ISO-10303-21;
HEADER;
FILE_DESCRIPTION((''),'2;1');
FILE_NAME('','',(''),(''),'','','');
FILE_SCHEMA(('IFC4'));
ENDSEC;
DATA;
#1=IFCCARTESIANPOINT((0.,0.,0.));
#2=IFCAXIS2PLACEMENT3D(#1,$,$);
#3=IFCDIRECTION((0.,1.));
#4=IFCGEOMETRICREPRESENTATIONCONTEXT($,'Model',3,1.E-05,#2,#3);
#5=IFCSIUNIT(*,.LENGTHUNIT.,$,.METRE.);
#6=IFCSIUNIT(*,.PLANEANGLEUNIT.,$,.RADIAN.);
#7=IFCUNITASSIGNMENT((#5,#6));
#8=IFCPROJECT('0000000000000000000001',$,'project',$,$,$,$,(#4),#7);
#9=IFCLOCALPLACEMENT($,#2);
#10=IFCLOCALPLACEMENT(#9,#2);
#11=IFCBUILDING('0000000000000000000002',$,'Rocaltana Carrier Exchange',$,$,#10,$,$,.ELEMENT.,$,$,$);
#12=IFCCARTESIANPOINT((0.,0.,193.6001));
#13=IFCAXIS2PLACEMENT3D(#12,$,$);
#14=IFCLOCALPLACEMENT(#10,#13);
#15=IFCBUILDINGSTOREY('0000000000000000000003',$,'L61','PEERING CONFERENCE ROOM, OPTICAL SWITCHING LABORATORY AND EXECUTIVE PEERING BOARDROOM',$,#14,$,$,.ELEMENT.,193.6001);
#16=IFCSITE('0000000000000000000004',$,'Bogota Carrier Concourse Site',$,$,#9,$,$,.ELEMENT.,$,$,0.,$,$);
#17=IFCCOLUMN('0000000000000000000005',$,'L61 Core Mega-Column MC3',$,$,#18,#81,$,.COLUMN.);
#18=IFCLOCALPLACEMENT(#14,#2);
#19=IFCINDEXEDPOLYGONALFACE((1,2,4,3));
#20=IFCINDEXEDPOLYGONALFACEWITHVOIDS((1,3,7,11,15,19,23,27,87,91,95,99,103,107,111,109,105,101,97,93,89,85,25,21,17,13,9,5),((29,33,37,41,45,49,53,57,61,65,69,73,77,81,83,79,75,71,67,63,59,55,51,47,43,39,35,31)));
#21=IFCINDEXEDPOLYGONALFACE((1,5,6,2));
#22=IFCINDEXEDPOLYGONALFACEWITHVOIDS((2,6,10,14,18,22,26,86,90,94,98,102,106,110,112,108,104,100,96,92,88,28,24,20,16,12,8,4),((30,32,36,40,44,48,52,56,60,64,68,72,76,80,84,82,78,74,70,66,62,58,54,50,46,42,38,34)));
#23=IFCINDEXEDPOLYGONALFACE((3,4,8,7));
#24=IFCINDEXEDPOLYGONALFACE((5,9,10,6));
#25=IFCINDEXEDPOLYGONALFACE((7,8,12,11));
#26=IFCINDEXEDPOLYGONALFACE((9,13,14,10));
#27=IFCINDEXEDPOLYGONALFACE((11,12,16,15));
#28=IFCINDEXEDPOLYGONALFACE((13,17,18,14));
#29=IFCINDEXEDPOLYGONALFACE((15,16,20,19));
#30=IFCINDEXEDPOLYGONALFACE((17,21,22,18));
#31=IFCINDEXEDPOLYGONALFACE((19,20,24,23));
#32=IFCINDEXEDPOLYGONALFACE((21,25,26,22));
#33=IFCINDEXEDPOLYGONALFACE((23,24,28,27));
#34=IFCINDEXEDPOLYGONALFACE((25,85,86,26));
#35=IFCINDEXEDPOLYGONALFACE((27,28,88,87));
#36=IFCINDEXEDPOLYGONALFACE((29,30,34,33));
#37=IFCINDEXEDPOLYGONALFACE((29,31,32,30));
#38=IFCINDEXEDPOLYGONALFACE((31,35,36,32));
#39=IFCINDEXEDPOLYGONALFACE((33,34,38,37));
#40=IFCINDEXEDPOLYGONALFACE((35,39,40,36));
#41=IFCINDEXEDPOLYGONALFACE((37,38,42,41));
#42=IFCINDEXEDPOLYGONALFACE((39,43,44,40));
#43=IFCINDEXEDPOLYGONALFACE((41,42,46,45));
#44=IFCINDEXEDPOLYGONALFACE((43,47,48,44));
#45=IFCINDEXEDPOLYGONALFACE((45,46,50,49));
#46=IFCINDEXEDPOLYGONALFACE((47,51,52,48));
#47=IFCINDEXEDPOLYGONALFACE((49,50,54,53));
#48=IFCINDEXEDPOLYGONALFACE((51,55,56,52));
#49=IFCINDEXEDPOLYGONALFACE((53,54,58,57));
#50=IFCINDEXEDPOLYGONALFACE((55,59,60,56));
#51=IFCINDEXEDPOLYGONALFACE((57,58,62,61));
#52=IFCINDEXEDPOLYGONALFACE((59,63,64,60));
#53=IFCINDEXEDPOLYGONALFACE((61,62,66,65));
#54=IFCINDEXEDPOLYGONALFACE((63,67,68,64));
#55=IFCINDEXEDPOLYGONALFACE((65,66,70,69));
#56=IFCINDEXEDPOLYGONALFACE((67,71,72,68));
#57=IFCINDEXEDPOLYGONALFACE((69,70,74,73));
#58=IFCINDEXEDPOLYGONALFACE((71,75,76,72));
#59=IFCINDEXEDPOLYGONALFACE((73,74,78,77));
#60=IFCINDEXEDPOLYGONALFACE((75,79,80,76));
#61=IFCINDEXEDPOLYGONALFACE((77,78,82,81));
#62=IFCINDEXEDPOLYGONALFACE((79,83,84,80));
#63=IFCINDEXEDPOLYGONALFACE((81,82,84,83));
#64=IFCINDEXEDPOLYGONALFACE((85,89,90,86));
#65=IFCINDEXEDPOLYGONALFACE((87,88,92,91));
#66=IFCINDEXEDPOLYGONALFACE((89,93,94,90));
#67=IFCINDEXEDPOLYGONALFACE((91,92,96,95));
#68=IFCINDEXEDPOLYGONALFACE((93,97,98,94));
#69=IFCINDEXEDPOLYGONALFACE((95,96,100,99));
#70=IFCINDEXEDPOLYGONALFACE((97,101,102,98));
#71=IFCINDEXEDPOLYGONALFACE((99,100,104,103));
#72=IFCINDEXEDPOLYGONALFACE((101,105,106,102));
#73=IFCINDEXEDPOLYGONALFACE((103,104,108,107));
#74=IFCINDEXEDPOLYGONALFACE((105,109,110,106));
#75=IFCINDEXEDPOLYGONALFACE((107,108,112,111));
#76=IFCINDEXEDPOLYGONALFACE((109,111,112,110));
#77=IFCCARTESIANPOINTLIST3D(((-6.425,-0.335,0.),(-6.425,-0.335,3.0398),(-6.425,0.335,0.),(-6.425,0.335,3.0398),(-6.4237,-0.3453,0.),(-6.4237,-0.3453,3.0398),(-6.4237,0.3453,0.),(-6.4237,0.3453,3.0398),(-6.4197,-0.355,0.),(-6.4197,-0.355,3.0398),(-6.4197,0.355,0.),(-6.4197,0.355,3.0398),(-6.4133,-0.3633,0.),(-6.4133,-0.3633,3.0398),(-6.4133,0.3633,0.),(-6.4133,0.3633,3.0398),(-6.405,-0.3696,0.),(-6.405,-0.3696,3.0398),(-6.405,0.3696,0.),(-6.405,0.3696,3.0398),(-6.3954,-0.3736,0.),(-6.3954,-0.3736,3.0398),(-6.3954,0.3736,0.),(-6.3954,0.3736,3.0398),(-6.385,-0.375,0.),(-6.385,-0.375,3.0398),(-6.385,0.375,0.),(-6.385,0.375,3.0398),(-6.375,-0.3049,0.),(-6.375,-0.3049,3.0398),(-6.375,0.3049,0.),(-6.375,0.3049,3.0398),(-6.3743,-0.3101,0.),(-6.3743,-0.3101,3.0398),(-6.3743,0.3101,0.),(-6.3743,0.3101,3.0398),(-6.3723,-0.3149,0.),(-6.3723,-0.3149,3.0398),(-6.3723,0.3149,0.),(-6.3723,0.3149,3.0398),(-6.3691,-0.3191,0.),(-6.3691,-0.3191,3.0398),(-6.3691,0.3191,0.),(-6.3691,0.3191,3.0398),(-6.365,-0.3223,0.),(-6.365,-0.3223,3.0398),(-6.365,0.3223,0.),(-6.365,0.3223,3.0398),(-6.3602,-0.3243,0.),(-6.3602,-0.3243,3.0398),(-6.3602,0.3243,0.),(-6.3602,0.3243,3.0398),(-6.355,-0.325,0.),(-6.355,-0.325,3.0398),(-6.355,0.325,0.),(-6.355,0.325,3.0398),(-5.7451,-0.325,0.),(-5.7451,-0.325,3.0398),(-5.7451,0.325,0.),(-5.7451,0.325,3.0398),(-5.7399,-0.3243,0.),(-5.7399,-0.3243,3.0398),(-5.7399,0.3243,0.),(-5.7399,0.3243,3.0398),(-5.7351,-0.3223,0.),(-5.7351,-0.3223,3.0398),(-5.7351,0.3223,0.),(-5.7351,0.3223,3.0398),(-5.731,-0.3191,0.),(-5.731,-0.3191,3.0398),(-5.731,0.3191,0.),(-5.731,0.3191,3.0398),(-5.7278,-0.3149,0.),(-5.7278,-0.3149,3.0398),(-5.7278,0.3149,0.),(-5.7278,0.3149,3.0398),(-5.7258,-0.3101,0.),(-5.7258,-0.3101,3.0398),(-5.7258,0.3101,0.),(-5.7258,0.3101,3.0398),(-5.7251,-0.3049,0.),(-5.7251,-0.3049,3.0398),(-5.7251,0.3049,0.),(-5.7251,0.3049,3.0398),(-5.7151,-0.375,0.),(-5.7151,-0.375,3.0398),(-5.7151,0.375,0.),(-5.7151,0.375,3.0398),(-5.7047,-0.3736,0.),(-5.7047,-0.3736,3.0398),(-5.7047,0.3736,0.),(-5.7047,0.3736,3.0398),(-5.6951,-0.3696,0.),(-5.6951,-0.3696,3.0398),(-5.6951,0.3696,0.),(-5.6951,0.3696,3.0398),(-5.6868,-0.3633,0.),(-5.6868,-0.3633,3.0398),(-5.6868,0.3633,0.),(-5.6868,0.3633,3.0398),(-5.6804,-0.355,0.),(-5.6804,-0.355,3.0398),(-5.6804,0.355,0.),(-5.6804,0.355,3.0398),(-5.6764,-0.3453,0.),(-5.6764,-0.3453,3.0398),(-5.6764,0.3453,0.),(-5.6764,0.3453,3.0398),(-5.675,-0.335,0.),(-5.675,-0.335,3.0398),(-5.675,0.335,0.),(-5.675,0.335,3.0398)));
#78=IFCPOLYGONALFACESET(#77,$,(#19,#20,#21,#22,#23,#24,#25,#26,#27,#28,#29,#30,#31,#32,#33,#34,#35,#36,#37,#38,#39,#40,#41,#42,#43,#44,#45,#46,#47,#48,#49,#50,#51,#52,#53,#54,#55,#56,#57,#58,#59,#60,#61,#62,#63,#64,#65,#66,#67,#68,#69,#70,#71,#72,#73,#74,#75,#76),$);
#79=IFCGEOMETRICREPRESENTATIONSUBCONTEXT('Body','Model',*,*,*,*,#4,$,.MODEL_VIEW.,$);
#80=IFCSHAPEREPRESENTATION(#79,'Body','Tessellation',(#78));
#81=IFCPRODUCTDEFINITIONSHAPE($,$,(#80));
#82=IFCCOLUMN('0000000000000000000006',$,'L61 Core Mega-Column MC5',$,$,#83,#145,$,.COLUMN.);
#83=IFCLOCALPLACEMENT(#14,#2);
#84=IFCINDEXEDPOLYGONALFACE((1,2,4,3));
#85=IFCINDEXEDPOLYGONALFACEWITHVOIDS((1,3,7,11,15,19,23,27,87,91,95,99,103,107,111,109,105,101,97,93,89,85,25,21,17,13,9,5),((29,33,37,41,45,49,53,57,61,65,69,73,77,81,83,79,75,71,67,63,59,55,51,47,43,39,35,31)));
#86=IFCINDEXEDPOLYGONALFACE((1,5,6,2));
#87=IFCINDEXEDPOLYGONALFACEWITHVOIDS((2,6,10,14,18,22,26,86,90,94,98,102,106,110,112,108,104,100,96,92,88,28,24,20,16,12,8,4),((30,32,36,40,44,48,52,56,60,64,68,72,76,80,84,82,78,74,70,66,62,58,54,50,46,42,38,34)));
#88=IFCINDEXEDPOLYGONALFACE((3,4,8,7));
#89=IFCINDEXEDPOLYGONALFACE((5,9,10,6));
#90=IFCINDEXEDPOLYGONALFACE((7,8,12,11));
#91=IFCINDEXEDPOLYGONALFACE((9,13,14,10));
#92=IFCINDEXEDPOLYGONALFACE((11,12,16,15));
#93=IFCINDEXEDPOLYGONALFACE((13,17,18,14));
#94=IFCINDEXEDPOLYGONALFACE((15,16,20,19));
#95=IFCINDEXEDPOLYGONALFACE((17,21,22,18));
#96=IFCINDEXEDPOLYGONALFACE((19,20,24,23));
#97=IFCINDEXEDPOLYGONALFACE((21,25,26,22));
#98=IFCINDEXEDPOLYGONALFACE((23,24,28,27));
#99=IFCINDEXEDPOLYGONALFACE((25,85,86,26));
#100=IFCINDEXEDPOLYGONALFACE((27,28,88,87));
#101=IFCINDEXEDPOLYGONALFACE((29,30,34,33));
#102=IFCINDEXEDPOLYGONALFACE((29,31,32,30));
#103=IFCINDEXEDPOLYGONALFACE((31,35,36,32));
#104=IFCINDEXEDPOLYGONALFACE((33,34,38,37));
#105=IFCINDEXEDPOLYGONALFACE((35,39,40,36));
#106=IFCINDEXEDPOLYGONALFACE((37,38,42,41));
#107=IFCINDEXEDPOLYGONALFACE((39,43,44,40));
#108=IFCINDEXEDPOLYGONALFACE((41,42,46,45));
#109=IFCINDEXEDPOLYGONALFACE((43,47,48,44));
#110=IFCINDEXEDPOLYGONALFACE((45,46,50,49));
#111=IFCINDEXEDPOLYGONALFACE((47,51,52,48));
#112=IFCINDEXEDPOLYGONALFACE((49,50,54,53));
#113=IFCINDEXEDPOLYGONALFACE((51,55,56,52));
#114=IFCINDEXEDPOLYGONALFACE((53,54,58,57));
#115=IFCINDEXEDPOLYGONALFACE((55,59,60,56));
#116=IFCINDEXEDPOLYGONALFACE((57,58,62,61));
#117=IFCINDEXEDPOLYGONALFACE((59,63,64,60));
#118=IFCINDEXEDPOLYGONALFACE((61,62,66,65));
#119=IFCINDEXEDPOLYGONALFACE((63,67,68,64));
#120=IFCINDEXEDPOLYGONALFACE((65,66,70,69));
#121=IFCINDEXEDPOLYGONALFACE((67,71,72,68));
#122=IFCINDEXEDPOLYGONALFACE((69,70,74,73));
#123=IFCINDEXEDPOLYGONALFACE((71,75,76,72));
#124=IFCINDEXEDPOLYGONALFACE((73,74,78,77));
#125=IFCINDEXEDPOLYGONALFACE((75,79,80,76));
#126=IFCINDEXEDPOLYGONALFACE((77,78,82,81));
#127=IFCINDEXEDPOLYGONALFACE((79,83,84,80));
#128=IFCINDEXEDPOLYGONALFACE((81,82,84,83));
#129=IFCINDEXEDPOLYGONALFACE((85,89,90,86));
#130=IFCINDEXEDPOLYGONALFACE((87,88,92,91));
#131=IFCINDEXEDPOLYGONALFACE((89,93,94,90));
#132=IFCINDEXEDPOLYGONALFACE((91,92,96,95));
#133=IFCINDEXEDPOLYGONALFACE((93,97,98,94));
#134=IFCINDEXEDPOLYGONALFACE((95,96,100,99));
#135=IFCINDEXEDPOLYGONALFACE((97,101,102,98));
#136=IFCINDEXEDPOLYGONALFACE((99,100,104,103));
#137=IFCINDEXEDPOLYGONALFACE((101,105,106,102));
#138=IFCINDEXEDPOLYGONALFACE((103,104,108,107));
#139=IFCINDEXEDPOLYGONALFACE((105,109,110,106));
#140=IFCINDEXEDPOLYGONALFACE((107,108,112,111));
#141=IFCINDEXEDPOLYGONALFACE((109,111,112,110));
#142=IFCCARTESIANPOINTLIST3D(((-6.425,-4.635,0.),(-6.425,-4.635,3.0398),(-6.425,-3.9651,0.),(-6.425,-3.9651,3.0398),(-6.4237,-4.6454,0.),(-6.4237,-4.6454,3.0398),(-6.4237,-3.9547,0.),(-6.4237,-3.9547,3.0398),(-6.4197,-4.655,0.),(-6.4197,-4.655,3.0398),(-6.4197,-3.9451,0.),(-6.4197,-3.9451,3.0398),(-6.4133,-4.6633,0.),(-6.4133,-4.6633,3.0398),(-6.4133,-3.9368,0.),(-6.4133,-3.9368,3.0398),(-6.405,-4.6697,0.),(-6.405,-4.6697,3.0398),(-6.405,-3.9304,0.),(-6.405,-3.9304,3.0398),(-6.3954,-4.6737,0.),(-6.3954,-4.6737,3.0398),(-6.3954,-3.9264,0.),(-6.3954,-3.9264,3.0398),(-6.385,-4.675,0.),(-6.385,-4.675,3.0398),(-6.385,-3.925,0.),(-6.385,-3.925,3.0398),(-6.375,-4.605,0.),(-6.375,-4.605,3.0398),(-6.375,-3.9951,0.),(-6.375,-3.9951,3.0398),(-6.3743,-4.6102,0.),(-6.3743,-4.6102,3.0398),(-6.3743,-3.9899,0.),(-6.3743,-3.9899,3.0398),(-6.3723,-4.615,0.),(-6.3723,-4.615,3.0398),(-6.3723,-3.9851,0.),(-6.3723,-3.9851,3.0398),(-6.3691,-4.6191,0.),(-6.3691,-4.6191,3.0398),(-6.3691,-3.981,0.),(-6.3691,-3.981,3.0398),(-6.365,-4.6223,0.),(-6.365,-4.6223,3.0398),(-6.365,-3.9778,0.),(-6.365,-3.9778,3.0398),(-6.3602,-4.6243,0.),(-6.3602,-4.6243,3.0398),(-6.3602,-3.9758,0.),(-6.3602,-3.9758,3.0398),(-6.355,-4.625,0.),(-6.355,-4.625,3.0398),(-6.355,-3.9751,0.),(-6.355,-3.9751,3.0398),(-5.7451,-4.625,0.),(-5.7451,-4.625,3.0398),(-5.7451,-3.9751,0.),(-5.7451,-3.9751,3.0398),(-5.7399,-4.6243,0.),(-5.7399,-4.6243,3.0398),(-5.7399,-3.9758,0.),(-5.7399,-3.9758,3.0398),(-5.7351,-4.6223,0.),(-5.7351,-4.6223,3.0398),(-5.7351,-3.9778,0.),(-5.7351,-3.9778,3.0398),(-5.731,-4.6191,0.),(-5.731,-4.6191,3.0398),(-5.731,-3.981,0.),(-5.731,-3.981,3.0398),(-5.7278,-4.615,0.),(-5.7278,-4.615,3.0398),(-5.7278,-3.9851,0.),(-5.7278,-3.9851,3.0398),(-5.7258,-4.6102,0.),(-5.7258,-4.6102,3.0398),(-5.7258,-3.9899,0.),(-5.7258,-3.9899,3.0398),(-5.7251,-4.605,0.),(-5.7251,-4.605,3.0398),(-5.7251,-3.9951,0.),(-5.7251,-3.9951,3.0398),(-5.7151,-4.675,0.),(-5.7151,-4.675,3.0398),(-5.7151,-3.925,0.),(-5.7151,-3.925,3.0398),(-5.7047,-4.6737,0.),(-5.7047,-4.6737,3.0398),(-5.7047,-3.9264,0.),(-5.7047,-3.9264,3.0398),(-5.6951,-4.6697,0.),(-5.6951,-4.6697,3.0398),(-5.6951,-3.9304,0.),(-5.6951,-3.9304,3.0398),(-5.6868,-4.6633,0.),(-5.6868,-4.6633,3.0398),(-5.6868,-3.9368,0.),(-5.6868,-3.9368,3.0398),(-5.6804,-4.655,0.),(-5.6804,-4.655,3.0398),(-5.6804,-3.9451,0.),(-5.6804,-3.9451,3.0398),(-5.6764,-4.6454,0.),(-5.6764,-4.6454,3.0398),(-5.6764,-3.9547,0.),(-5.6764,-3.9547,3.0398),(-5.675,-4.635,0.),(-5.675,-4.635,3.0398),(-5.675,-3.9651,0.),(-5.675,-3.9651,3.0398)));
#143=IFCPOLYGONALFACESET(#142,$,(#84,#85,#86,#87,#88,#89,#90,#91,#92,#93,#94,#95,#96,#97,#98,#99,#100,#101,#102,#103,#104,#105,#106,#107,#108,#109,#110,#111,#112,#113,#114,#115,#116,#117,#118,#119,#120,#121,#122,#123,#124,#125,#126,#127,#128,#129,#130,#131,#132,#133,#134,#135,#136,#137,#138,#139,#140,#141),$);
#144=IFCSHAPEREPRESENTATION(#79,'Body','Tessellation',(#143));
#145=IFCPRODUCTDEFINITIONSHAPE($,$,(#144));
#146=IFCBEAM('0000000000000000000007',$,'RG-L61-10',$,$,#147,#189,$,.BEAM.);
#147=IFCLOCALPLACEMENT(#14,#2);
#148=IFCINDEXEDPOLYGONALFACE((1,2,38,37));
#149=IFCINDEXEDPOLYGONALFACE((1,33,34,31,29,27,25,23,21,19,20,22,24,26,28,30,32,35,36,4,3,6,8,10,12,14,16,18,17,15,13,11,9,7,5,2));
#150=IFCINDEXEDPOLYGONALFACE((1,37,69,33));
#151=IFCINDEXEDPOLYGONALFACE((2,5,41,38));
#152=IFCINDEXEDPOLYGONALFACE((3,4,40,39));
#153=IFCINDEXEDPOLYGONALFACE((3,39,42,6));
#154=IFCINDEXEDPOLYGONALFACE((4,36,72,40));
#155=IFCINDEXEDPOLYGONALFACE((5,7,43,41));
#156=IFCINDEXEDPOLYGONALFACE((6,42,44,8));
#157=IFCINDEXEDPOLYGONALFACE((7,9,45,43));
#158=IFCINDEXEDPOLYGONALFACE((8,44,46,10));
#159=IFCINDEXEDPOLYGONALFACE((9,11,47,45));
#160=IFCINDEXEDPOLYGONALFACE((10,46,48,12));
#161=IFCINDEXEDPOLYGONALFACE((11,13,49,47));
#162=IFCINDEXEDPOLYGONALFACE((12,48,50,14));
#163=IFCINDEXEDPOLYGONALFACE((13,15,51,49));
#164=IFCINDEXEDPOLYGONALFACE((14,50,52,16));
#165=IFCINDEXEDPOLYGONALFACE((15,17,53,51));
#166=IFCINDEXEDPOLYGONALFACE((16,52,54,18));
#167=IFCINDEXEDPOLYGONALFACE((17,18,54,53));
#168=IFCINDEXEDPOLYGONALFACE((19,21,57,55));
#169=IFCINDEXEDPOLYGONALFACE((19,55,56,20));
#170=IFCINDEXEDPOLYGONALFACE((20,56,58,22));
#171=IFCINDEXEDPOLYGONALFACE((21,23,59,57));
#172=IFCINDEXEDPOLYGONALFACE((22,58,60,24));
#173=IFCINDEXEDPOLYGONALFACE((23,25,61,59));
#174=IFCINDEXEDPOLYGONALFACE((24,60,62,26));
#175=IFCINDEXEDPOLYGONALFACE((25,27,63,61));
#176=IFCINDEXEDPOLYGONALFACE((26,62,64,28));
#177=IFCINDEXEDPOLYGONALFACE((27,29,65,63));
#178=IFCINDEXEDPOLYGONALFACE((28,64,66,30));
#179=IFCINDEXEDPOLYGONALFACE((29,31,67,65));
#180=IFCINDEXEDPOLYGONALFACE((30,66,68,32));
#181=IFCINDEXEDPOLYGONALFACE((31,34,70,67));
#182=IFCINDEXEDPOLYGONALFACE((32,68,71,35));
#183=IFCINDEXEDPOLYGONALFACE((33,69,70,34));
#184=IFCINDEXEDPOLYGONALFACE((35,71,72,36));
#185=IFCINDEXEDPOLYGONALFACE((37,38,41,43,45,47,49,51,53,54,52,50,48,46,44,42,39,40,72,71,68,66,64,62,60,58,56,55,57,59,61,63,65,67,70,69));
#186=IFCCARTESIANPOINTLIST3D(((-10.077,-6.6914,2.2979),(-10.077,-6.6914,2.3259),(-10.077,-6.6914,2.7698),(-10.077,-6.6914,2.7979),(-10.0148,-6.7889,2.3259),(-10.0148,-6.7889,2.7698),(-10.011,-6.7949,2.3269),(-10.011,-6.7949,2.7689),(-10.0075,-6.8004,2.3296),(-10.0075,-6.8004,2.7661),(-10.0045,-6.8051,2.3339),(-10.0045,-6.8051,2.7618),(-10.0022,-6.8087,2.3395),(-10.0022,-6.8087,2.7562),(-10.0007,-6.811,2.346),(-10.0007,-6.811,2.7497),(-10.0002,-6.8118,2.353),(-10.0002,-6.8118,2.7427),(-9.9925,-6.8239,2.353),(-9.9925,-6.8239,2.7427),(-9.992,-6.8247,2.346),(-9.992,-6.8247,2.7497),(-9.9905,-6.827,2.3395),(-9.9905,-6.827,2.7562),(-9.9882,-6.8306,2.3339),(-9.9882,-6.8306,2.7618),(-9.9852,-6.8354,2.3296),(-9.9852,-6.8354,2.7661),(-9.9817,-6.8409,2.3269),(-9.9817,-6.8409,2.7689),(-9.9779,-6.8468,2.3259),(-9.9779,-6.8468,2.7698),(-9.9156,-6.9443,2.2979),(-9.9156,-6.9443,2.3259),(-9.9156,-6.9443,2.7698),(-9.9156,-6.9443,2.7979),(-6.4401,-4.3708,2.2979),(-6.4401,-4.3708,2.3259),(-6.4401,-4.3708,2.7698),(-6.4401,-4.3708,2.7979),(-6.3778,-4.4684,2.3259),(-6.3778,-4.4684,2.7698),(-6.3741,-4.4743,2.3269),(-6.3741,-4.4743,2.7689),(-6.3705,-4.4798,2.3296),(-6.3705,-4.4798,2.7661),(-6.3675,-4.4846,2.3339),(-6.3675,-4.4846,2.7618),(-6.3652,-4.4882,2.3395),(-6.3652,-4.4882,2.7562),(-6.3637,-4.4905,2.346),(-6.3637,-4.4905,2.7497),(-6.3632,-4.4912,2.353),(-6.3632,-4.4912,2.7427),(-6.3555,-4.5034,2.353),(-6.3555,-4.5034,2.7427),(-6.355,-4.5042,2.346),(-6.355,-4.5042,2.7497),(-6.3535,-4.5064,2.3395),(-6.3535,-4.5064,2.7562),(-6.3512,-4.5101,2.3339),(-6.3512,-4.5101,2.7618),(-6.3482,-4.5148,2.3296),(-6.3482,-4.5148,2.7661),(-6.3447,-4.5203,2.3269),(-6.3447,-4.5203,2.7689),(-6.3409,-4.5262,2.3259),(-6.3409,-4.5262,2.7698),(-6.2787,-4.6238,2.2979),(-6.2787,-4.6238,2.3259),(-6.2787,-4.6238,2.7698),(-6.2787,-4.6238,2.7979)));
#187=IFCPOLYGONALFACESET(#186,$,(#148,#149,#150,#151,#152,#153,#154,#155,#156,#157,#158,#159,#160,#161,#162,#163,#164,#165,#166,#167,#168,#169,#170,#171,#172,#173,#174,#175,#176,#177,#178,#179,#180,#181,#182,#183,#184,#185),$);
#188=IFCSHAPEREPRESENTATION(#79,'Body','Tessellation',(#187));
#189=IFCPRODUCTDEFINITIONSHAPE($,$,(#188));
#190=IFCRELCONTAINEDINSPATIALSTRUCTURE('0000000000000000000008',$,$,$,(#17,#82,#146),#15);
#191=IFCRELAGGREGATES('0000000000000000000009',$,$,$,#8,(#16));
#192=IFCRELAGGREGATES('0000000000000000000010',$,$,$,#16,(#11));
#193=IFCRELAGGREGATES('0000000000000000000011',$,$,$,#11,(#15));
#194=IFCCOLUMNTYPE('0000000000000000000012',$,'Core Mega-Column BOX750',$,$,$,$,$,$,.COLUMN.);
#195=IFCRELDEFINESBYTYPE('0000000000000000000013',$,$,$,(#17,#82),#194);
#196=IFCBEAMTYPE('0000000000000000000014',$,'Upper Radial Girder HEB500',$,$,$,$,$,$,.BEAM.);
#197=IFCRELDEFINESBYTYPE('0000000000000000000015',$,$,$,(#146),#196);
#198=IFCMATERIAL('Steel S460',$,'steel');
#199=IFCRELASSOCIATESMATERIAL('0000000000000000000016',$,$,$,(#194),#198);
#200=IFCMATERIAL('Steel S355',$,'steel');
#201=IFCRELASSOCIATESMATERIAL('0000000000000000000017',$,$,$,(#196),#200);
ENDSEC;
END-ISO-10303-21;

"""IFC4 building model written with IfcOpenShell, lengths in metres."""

from ifc_helpers import new_model, si_unit, direction, frame, origin, origin_2d, place, context, subcontext, project, spatial, hollow_rectangle, i_section, extrude, material, material_profile, profile_set, type_object, element, save


model = new_model("IFC4")

# Units and contexts
model_context = context("Model", 3, precision=1e-05, world=origin(), true_north=direction((0.0, 1.0)))
body_context = subcontext(model_context, "Body", "Model", "MODEL_VIEW")
ifc_project = project(units=[si_unit("LENGTHUNIT", "METRE"), si_unit("PLANEANGLEUNIT", "RADIAN")], contexts=[model_context])

# Site, building, storey
site_placement = place(None, origin())
site = spatial("IfcSite", under=ifc_project, at=site_placement, Name="Bogota Carrier Concourse Site", CompositionType="ELEMENT", RefElevation=0.0)
building_placement = place(site_placement, origin())
building = spatial("IfcBuilding", under=site, at=building_placement, Name="Rocaltana Carrier Exchange", CompositionType="ELEMENT")
storey_placement = place(building_placement, frame((0.0, 0.0, 193.6001)))
storey = spatial("IfcBuildingStorey", under=building, at=storey_placement, Name="L61", Description="PEERING CONFERENCE ROOM, OPTICAL SWITCHING LABORATORY AND EXECUTIVE PEERING BOARDROOM", CompositionType="ELEMENT", Elevation=193.6001)

# Columns
ifc_material_1 = material(Name="Steel S460", Category="steel")
ifc_material_profile_1 = material_profile(ifc_material_1, hollow_rectangle(XDim=0.75, YDim=0.75, WallThickness=0.05, InnerFilletRadius=0.02, OuterFilletRadius=0.04, at=origin_2d()), Name="BOX750X750X50")
ifc_profile_set_1 = profile_set([ifc_material_profile_1], Name="Steel S460")
column_type = type_object("IfcColumnType", Name="Core Mega-Column BOX750", PredefinedType="COLUMN", material=ifc_profile_set_1)
for number, where, z_axis, x_axis, name in (
    (1, (-6.05, 0.0, 0.0), (0.0, 0.0, 1.0), (1.0, 0.0, 0.0), "L61 Core Mega-Column MC3"),
    (2, (-6.05, -4.3, 0.0), (0.0, 0.0, 1.0), (1.0, 0.0, 0.0), "L61 Core Mega-Column MC5"),
):
    element("IfcColumn", number, at=place(storey_placement, frame(where, z_axis=z_axis, x_axis=x_axis)), inside=storey, type_object=column_type, Name=name, PredefinedType="COLUMN", context=body_context, shape_type="SweptSolid", body=[
        extrude(hollow_rectangle(XDim=0.75, YDim=0.75, WallThickness=0.05, InnerFilletRadius=0.02, OuterFilletRadius=0.04, at=origin_2d()), origin(), (0.0, 0.0, 1.0), 3.0398),
    ])

# Beam
ifc_material_2 = material(Name="Steel S355", Category="steel")
ifc_material_profile_2 = material_profile(ifc_material_2, i_section(OverallWidth=0.3, OverallDepth=0.5, WebThickness=0.0144, FlangeThickness=0.0281, FilletRadius=0.0271, at=origin_2d()), Name="HEB500")
ifc_profile_set_2 = profile_set([ifc_material_profile_2], Name="Steel S355")
beam_type = type_object("IfcBeamType", Name="Upper Radial Girder HEB500", PredefinedType="BEAM", material=ifc_profile_set_2)
beam_placement = place(storey_placement, frame((-6.3594, -4.4973, 2.5479), z_axis=(-0.843018, -0.537886, 0.0), x_axis=(0.537886, -0.843018, 0.0)))
element("IfcBeam", 3, at=beam_placement, inside=storey, type_object=beam_type, Name="RG-L61-10", PredefinedType="BEAM", context=body_context, shape_type="SweptSolid", body=[
    extrude(i_section(OverallWidth=0.3, OverallDepth=0.5, WebThickness=0.0144, FlangeThickness=0.0281, FilletRadius=0.0271, at=origin_2d()), origin(), (0.0, 0.0, 1.0), 4.3142),
])

save(model, "model.ifc")
